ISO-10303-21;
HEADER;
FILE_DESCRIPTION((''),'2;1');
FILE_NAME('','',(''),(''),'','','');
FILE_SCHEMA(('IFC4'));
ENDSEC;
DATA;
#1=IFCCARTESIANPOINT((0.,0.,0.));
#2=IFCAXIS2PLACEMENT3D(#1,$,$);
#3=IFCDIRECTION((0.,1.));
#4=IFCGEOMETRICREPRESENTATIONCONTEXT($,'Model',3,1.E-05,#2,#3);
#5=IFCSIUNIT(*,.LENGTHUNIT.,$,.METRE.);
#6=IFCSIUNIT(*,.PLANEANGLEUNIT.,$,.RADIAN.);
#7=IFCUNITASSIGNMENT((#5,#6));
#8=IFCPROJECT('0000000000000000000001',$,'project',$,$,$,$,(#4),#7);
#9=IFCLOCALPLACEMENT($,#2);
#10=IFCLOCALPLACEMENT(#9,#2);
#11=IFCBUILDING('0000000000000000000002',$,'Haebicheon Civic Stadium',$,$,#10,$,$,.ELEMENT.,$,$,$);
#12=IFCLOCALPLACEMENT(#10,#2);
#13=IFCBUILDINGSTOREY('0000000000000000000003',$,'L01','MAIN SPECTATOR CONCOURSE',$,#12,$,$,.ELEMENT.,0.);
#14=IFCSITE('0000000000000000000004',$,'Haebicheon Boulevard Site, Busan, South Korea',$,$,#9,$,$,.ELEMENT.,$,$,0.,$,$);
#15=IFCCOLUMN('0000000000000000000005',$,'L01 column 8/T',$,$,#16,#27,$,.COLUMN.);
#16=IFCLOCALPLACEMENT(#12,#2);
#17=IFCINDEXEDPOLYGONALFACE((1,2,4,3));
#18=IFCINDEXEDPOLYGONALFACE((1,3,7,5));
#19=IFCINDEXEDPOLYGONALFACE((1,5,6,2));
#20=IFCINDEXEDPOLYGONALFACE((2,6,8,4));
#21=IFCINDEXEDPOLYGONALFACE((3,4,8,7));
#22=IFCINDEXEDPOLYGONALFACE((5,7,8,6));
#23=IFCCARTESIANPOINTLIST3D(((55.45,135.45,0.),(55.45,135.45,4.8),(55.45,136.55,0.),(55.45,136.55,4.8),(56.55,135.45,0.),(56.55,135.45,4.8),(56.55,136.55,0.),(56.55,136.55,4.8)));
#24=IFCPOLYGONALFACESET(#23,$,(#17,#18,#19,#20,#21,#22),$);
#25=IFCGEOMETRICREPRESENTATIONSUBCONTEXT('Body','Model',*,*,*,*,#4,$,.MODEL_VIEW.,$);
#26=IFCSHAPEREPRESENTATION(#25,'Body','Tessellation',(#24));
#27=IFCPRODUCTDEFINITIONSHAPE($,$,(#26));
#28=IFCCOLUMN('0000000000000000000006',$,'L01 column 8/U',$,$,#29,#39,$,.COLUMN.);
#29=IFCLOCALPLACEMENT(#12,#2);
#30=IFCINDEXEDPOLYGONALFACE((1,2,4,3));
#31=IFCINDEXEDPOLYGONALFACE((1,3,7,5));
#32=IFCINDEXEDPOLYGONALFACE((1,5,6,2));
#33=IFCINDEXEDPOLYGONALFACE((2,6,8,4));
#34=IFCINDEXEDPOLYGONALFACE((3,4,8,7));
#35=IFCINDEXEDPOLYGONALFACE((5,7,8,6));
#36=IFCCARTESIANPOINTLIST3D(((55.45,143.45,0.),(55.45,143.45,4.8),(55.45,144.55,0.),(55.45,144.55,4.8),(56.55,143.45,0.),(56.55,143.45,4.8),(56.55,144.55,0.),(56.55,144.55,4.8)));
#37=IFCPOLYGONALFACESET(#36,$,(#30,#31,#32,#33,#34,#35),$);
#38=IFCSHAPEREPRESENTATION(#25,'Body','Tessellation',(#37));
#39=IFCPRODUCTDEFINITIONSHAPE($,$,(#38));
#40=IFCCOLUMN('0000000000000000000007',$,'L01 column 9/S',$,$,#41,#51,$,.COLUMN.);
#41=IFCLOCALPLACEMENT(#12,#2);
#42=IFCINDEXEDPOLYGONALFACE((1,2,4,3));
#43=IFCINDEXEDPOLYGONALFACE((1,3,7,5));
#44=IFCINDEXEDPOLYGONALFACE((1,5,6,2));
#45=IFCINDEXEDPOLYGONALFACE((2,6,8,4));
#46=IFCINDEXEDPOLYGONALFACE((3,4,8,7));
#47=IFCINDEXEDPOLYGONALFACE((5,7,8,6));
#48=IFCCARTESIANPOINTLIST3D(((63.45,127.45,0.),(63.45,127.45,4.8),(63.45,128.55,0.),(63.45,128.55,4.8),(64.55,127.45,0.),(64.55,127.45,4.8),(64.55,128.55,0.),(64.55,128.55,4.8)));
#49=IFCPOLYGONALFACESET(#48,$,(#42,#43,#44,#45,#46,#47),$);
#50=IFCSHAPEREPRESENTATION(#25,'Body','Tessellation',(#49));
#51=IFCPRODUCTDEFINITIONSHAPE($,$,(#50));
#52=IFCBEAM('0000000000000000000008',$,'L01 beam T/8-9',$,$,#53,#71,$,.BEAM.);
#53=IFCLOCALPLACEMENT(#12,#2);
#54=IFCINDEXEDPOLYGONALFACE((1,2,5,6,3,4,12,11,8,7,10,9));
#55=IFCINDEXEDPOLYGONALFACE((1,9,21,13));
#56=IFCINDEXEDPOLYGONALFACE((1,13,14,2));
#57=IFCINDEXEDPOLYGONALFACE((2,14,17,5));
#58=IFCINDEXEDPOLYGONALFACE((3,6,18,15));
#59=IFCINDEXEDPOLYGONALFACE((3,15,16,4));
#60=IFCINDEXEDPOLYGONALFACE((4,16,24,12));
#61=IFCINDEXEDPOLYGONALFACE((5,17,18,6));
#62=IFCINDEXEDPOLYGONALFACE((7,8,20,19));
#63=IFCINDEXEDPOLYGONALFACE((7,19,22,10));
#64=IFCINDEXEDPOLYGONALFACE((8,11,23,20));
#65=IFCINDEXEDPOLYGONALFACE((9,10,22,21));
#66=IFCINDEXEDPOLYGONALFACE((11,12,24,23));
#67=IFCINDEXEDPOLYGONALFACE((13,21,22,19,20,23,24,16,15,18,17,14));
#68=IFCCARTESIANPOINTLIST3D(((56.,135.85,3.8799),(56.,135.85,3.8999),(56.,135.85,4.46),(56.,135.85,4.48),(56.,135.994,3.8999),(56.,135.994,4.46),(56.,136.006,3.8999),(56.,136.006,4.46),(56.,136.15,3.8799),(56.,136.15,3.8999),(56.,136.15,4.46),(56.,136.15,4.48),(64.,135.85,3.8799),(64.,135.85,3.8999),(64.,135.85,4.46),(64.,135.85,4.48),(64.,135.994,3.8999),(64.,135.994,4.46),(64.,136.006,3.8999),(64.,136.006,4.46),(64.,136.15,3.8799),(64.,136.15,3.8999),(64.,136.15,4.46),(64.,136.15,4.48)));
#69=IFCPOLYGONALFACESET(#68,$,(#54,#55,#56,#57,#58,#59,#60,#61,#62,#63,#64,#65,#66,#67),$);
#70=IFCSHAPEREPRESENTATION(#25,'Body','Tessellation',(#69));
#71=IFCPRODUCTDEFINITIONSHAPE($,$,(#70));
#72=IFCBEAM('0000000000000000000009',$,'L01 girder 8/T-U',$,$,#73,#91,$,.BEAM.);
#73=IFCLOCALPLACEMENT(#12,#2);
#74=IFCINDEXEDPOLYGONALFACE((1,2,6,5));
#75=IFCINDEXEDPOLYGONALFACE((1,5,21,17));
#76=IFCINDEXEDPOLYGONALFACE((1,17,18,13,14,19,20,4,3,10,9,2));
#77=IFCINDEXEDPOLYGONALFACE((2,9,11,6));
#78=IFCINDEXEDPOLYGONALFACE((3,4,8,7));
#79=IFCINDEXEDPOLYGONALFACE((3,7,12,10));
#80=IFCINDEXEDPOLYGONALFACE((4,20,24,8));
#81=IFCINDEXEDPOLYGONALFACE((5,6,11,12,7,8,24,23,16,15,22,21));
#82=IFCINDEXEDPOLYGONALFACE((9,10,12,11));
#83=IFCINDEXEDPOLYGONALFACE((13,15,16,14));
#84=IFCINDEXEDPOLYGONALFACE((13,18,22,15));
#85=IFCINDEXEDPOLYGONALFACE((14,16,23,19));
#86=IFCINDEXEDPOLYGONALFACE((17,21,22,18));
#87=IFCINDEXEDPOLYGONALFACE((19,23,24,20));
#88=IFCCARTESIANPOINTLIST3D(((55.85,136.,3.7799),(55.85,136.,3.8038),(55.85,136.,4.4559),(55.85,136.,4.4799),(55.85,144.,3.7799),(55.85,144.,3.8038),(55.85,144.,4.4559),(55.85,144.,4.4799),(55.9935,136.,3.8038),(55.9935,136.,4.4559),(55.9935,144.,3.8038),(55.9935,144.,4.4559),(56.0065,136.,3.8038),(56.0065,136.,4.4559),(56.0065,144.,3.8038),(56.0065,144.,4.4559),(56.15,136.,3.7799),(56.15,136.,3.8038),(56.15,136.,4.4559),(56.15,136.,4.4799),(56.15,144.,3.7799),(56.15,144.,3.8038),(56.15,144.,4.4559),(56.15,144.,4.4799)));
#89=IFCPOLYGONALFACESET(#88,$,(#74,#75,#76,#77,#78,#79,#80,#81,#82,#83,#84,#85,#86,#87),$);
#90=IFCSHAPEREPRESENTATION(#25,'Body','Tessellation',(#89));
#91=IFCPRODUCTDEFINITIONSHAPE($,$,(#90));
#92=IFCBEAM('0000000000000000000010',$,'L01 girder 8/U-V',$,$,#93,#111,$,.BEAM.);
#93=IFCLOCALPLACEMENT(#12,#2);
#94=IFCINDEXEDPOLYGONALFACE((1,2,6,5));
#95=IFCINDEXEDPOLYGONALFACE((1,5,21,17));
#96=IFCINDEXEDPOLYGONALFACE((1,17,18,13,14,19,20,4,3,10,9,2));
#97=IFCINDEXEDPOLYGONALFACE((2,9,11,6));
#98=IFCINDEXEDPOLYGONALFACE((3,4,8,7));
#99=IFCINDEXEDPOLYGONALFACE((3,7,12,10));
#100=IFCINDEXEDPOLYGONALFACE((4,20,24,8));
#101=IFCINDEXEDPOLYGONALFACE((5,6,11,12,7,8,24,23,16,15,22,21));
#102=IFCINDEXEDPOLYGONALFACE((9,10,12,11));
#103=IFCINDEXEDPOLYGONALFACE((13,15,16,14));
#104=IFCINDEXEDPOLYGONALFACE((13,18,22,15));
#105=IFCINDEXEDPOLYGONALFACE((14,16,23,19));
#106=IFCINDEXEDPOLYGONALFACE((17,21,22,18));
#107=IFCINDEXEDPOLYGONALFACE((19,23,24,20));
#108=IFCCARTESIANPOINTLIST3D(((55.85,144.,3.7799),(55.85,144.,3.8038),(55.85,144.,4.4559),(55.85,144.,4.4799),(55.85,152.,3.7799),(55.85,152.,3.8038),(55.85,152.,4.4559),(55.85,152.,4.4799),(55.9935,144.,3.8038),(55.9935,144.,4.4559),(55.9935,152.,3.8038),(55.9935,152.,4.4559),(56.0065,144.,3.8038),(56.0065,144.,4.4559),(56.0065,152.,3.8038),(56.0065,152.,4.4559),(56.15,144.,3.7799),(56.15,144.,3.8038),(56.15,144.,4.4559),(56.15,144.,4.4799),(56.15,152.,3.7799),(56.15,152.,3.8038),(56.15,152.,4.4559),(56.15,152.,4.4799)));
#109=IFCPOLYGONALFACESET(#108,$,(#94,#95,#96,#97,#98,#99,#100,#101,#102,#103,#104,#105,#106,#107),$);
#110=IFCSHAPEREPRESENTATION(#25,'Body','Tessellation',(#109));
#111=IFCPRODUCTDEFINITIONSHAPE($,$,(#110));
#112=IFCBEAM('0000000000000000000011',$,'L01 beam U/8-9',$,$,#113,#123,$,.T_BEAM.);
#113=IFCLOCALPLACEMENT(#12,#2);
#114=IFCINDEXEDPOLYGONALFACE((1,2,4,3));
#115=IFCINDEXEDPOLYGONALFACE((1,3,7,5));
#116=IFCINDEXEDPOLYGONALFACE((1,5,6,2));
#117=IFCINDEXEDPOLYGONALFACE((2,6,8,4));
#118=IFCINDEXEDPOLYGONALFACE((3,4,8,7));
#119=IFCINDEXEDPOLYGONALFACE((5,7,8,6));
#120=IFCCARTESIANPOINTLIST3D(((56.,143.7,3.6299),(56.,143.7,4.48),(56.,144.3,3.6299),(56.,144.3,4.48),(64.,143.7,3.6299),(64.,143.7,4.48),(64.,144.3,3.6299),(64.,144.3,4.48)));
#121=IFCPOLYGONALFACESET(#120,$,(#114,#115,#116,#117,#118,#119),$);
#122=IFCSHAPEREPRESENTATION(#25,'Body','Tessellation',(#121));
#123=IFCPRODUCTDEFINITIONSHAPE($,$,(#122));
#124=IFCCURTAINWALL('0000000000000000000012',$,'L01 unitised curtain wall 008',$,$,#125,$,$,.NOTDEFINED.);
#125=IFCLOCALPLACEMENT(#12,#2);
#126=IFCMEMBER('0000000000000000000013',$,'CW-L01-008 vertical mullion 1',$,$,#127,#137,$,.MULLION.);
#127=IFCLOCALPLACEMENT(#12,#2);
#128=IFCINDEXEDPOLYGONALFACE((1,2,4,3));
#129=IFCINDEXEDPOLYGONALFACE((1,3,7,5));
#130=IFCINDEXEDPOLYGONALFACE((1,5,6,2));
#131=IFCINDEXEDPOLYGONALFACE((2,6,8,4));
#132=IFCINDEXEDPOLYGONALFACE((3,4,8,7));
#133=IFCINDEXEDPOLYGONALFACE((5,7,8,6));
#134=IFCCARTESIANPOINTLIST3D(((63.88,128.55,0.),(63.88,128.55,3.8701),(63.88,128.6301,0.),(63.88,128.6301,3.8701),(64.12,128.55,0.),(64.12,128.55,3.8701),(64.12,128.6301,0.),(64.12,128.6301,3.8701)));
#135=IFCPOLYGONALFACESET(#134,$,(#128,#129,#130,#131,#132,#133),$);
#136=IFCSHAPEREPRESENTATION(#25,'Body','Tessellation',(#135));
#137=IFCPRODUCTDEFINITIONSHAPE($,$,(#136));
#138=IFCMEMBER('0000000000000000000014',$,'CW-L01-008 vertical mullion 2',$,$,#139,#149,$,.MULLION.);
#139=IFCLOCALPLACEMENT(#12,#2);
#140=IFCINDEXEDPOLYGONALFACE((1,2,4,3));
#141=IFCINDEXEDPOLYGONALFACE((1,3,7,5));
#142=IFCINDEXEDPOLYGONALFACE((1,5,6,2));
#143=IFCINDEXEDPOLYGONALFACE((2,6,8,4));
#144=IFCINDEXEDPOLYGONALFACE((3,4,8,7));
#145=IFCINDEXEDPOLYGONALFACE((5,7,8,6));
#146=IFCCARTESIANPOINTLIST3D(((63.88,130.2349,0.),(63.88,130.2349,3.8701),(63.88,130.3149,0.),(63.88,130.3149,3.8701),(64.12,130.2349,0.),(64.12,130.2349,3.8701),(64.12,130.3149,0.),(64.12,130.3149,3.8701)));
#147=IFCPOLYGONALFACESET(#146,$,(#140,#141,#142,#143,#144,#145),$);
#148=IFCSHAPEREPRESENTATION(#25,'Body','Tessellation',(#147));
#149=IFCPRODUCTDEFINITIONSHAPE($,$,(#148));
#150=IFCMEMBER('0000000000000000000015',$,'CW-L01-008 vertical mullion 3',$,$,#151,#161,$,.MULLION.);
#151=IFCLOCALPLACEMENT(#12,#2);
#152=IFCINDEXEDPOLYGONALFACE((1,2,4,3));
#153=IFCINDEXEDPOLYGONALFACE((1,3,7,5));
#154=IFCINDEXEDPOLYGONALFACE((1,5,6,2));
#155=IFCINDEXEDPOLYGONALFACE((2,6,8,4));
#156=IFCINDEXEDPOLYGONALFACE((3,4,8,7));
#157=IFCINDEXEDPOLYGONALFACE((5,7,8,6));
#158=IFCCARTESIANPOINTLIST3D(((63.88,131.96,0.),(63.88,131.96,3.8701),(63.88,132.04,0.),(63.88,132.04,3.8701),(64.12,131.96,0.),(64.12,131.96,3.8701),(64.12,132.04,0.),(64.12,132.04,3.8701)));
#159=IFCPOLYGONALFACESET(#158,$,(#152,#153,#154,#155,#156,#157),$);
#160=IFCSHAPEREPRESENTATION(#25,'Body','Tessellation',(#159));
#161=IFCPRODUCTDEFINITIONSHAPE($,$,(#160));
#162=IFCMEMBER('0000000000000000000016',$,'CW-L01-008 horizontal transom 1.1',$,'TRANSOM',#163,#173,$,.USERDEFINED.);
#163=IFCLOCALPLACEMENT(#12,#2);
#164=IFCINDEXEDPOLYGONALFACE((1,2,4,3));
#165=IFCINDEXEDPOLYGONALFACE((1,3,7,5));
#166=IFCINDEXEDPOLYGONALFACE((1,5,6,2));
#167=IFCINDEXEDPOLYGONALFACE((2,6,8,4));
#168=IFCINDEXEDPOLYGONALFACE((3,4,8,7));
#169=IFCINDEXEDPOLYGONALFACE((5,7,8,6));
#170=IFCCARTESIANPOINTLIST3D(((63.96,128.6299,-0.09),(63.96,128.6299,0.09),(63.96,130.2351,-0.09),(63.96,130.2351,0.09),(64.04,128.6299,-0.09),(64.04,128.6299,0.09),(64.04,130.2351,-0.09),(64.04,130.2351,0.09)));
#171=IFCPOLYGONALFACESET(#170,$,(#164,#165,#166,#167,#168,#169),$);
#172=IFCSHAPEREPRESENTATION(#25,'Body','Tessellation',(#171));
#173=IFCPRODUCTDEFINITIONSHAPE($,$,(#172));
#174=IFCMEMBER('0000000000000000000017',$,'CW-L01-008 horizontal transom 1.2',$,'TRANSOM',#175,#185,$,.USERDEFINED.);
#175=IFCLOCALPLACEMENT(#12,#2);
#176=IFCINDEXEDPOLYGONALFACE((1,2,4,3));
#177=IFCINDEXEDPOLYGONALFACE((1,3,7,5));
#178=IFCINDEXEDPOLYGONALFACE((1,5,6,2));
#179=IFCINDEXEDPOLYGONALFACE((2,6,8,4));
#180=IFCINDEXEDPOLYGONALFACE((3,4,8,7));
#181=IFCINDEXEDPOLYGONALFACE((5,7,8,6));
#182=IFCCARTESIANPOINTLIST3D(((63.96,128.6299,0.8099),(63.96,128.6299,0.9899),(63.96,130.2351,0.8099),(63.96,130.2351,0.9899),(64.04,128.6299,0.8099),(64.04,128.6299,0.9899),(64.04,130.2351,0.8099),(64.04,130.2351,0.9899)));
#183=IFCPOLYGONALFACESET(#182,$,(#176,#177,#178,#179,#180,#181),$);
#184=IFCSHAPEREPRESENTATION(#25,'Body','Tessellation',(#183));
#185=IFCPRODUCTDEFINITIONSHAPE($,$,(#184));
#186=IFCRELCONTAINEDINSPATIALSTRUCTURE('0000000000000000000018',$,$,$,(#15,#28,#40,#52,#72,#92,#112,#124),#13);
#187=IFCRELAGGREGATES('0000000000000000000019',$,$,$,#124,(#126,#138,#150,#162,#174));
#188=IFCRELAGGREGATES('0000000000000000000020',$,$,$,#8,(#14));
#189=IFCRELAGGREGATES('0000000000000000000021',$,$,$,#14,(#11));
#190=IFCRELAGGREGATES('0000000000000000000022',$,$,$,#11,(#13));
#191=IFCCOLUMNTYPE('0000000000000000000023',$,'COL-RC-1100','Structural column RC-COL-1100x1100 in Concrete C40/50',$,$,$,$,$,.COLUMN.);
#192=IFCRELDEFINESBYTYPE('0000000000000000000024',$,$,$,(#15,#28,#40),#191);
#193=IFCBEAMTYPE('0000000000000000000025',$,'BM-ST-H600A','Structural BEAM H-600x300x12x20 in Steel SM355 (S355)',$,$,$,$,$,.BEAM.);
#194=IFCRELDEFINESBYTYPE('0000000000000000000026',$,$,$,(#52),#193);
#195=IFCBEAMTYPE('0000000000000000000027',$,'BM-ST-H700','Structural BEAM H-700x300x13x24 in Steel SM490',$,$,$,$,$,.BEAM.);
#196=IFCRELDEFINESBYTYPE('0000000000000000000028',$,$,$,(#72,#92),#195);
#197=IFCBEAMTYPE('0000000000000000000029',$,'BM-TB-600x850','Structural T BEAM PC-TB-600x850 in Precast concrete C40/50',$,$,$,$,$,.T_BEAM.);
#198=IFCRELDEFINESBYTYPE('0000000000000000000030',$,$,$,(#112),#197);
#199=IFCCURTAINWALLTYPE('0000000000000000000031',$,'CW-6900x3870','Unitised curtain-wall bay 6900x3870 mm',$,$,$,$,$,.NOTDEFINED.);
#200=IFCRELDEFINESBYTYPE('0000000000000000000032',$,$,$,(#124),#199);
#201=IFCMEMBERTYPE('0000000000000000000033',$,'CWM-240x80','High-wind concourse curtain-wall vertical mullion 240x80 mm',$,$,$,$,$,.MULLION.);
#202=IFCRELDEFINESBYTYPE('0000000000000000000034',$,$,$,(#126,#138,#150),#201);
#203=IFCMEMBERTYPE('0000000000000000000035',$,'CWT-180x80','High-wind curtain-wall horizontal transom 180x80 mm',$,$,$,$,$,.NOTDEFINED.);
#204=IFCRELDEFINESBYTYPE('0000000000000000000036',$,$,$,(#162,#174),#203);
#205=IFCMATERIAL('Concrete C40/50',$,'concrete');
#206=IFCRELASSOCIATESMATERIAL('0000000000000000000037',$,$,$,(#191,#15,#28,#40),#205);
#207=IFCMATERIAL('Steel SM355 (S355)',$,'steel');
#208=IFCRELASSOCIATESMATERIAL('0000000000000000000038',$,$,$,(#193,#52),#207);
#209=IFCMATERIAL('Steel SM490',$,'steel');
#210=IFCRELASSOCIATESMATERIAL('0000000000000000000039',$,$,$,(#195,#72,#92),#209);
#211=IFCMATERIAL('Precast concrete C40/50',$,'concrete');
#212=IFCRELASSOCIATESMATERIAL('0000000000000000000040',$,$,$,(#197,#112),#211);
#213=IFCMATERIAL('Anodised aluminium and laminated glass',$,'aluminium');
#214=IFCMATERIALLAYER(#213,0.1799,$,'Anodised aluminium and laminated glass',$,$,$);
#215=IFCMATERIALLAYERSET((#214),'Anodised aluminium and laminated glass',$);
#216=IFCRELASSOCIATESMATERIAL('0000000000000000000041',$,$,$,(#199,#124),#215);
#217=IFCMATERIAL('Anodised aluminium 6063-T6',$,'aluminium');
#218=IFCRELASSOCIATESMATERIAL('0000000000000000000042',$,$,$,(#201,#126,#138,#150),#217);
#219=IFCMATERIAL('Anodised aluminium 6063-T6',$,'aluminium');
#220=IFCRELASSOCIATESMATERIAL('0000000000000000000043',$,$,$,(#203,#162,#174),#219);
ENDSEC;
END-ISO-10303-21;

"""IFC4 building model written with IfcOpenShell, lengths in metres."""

from ifc_helpers import new_model, si_unit, direction, frame, origin, origin_2d, place, context, subcontext, project, spatial, rectangle, i_section, extrude, material, layer, layer_set, material_profile, profile_set, type_object, element, aggregate, save


model = new_model("IFC4")

# Units and contexts
model_context = context("Model", 3, precision=1e-05, world=origin(), true_north=direction((0.0, 1.0)))
body_context = subcontext(model_context, "Body", "Model", "MODEL_VIEW")
ifc_project = project(units=[si_unit("LENGTHUNIT", "METRE"), si_unit("PLANEANGLEUNIT", "RADIAN")], contexts=[model_context])

# Site, building, storey
site_placement = place(None, origin())
site = spatial("IfcSite", under=ifc_project, at=site_placement, Name="Haebicheon Boulevard Site, Busan, South Korea", CompositionType="ELEMENT", RefElevation=0.0)
building_placement = place(site_placement, origin())
building = spatial("IfcBuilding", under=site, at=building_placement, Name="Haebicheon Civic Stadium", CompositionType="ELEMENT")
storey_placement = place(building_placement, origin())
storey = spatial("IfcBuildingStorey", under=building, at=storey_placement, Name="L01", Description="MAIN SPECTATOR CONCOURSE", CompositionType="ELEMENT", Elevation=0.0)

# Columns
ifc_material_1 = material(Name="Concrete C40/50", Category="concrete")
ifc_material_profile_1 = material_profile(ifc_material_1, rectangle(XDim=1.1001, YDim=1.1001, at=origin_2d()), Name="RC-COL-1100x1100")
ifc_profile_set_1 = profile_set([ifc_material_profile_1], Name="Concrete C40/50")
column_type = type_object("IfcColumnType", Name="COL-RC-1100", Description="Structural column RC-COL-1100x1100 in Concrete C40/50", PredefinedType="COLUMN", material=ifc_profile_set_1)
for number, where, z_axis, x_axis, name in (
    (1, (56.0, 136.0, 0.0), (0.0, 0.0, 1.0), (1.0, 0.0, 0.0), "L01 column 8/T"),
    (2, (56.0, 144.0, 0.0), (0.0, 0.0, 1.0), (1.0, 0.0, 0.0), "L01 column 8/U"),
    (3, (64.0, 128.0, 0.0), (0.0, 0.0, 1.0), (1.0, 0.0, 0.0), "L01 column 9/S"),
):
    element("IfcColumn", number, at=place(storey_placement, frame(where, z_axis=z_axis, x_axis=x_axis)), inside=storey, type_object=column_type, material=ifc_profile_set_1, Name=name, PredefinedType="COLUMN", context=body_context, shape_type="SweptSolid", body=[
        extrude(rectangle(XDim=1.1001, YDim=1.1001, at=origin_2d()), origin(), (0.0, 0.0, 1.0), 4.8),
    ])

# Beams
ifc_material_2 = material(Name="Steel SM355 (S355)", Category="steel")
ifc_material_profile_2 = material_profile(ifc_material_2, i_section(OverallWidth=0.3, OverallDepth=0.6001, WebThickness=0.012, FlangeThickness=0.02, at=origin_2d()), Name="H-600x300x12x20")
ifc_profile_set_2 = profile_set([ifc_material_profile_2], Name="Steel SM355 (S355)")
beam_type_1 = type_object("IfcBeamType", Name="BM-ST-H600A", Description="Structural BEAM H-600x300x12x20 in Steel SM355 (S355)", PredefinedType="BEAM", material=ifc_profile_set_2)
beam_1_placement = place(storey_placement, frame((56.0, 136.0, 4.1799), z_axis=(1.0, 0.0, 0.0), x_axis=(0.0, 1.0, 0.0)))
element("IfcBeam", 4, at=beam_1_placement, inside=storey, type_object=beam_type_1, material=ifc_profile_set_2, Name="L01 beam T/8-9", PredefinedType="BEAM", context=body_context, shape_type="SweptSolid", body=[
    extrude(i_section(OverallWidth=0.3, OverallDepth=0.6001, WebThickness=0.012, FlangeThickness=0.02, at=origin_2d()), origin(), (0.0, 0.0, 1.0), 8.0),
])
ifc_material_3 = material(Name="Steel SM490", Category="steel")
ifc_material_profile_3 = material_profile(ifc_material_3, i_section(OverallWidth=0.3, OverallDepth=0.7, WebThickness=0.0129, FlangeThickness=0.0239, at=origin_2d()), Name="H-700x300x13x24")
ifc_profile_set_3 = profile_set([ifc_material_profile_3], Name="Steel SM490")
beam_type_2 = type_object("IfcBeamType", Name="BM-ST-H700", Description="Structural BEAM H-700x300x13x24 in Steel SM490", PredefinedType="BEAM", material=ifc_profile_set_3)
for number, where, z_axis, x_axis, name in (
    (5, (56.0, 136.0, 4.1299), (0.0, 1.0, 0.0), (-1.0, 0.0, 0.0), "L01 girder 8/T-U"),
    (6, (56.0, 144.0, 4.1299), (0.0, 1.0, 0.0), (-1.0, 0.0, 0.0), "L01 girder 8/U-V"),
):
    element("IfcBeam", number, at=place(storey_placement, frame(where, z_axis=z_axis, x_axis=x_axis)), inside=storey, type_object=beam_type_2, material=ifc_profile_set_3, Name=name, PredefinedType="BEAM", context=body_context, shape_type="SweptSolid", body=[
        extrude(i_section(OverallWidth=0.3, OverallDepth=0.7, WebThickness=0.0129, FlangeThickness=0.0239, at=origin_2d()), origin(), (0.0, 0.0, 1.0), 8.0),
    ])
ifc_material_4 = material(Name="Precast concrete C40/50", Category="concrete")
ifc_material_profile_4 = material_profile(ifc_material_4, rectangle(XDim=0.6001, YDim=0.8501, at=origin_2d()), Name="PC-TB-600x850")
ifc_profile_set_4 = profile_set([ifc_material_profile_4], Name="Precast concrete C40/50")
beam_type_3 = type_object("IfcBeamType", Name="BM-TB-600x850", Description="Structural T BEAM PC-TB-600x850 in Precast concrete C40/50", PredefinedType="T_BEAM", material=ifc_profile_set_4)
beam_2_placement = place(storey_placement, frame((56.0, 144.0, 4.0549), z_axis=(1.0, 0.0, 0.0), x_axis=(0.0, 1.0, 0.0)))
element("IfcBeam", 7, at=beam_2_placement, inside=storey, type_object=beam_type_3, material=ifc_profile_set_4, Name="L01 beam U/8-9", PredefinedType="T_BEAM", context=body_context, shape_type="SweptSolid", body=[
    extrude(rectangle(XDim=0.6001, YDim=0.8501, at=origin_2d()), origin(), (0.0, 0.0, 1.0), 8.0),
])

# Curtain wall, members
ifc_material_5 = material(Name="Anodised aluminium and laminated glass", Category="aluminium")
ifc_layer_1 = layer(ifc_material_5, 0.1799, Name="Anodised aluminium and laminated glass")
ifc_layer_set_1 = layer_set([ifc_layer_1], Name="Anodised aluminium and laminated glass")
curtain_wall_type = type_object("IfcCurtainWallType", Name="CW-6900x3870", Description="Unitised curtain-wall bay 6900x3870 mm", PredefinedType="NOTDEFINED", material=ifc_layer_set_1)
curtain_wall_placement = place(storey_placement, origin())
curtain_wall = element("IfcCurtainWall", 8, at=curtain_wall_placement, inside=storey, type_object=curtain_wall_type, material=ifc_layer_set_1, Name="L01 unitised curtain wall 008", PredefinedType="NOTDEFINED")
ifc_material_6 = material(Name="Anodised aluminium 6063-T6", Category="aluminium")
ifc_material_profile_5 = material_profile(ifc_material_6, rectangle(XDim=0.0801, YDim=0.24, at=origin_2d()), Name="ALU-MULL-80x240")
ifc_profile_set_5 = profile_set([ifc_material_profile_5], Name="Anodised aluminium 6063-T6")
member_type_1 = type_object("IfcMemberType", Name="CWM-240x80", Description="High-wind concourse curtain-wall vertical mullion 240x80 mm", PredefinedType="MULLION", material=ifc_profile_set_5)
member_1_placement = place(storey_placement, frame((64.0, 128.5901, 0.0), z_axis=(0.0, 0.0, 1.0), x_axis=(0.0, 1.0, 0.0)))
member_1 = element("IfcMember", 9, at=member_1_placement, type_object=member_type_1, material=ifc_profile_set_5, Name="CW-L01-008 vertical mullion 1", PredefinedType="MULLION", context=body_context, shape_type="SweptSolid", body=[
    extrude(rectangle(XDim=0.0801, YDim=0.24, at=origin_2d()), origin(), (0.0, 0.0, 1.0), 3.8701),
])
member_2_placement = place(storey_placement, frame((64.0, 130.2749, 0.0), z_axis=(0.0, 0.0, 1.0), x_axis=(0.0, 1.0, 0.0)))
member_2 = element("IfcMember", 10, at=member_2_placement, type_object=member_type_1, material=ifc_profile_set_5, Name="CW-L01-008 vertical mullion 2", PredefinedType="MULLION", context=body_context, shape_type="SweptSolid", body=[
    extrude(rectangle(XDim=0.0801, YDim=0.24, at=origin_2d()), origin(), (0.0, 0.0, 1.0), 3.8701),
])
member_3_placement = place(storey_placement, frame((64.0, 132.0, 0.0), z_axis=(0.0, 0.0, 1.0), x_axis=(0.0, 1.0, 0.0)))
member_3 = element("IfcMember", 11, at=member_3_placement, type_object=member_type_1, material=ifc_profile_set_5, Name="CW-L01-008 vertical mullion 3", PredefinedType="MULLION", context=body_context, shape_type="SweptSolid", body=[
    extrude(rectangle(XDim=0.0801, YDim=0.24, at=origin_2d()), origin(), (0.0, 0.0, 1.0), 3.8701),
])
ifc_material_7 = material(Name="Anodised aluminium 6063-T6", Category="aluminium")
ifc_material_profile_6 = material_profile(ifc_material_7, rectangle(XDim=0.0801, YDim=0.1799, at=origin_2d()), Name="ALU-TRAN-80x180")
ifc_profile_set_6 = profile_set([ifc_material_profile_6], Name="Anodised aluminium 6063-T6")
member_type_2 = type_object("IfcMemberType", Name="CWT-180x80", Description="High-wind curtain-wall horizontal transom 180x80 mm", PredefinedType="NOTDEFINED", material=ifc_profile_set_6)
member_4_placement = place(storey_placement, frame((64.0, 128.6299, 0.0), z_axis=(0.0, 1.0, 0.0), x_axis=(-1.0, 0.0, 0.0)))
member_4 = element("IfcMember", 12, at=member_4_placement, type_object=member_type_2, material=ifc_profile_set_6, Name="CW-L01-008 horizontal transom 1.1", ObjectType="TRANSOM", PredefinedType="USERDEFINED", context=body_context, shape_type="SweptSolid", body=[
    extrude(rectangle(XDim=0.0801, YDim=0.1799, at=origin_2d()), origin(), (0.0, 0.0, 1.0), 1.6052),
])
member_5_placement = place(storey_placement, frame((64.0, 128.6299, 0.8999), z_axis=(0.0, 1.0, 0.0), x_axis=(-1.0, 0.0, 0.0)))
member_5 = element("IfcMember", 13, at=member_5_placement, type_object=member_type_2, material=ifc_profile_set_6, Name="CW-L01-008 horizontal transom 1.2", ObjectType="TRANSOM", PredefinedType="USERDEFINED", context=body_context, shape_type="SweptSolid", body=[
    extrude(rectangle(XDim=0.0801, YDim=0.1799, at=origin_2d()), origin(), (0.0, 0.0, 1.0), 1.6052),
])

aggregate(curtain_wall, [member_1, member_2, member_3, member_4, member_5])

save(model, "model.ifc")
